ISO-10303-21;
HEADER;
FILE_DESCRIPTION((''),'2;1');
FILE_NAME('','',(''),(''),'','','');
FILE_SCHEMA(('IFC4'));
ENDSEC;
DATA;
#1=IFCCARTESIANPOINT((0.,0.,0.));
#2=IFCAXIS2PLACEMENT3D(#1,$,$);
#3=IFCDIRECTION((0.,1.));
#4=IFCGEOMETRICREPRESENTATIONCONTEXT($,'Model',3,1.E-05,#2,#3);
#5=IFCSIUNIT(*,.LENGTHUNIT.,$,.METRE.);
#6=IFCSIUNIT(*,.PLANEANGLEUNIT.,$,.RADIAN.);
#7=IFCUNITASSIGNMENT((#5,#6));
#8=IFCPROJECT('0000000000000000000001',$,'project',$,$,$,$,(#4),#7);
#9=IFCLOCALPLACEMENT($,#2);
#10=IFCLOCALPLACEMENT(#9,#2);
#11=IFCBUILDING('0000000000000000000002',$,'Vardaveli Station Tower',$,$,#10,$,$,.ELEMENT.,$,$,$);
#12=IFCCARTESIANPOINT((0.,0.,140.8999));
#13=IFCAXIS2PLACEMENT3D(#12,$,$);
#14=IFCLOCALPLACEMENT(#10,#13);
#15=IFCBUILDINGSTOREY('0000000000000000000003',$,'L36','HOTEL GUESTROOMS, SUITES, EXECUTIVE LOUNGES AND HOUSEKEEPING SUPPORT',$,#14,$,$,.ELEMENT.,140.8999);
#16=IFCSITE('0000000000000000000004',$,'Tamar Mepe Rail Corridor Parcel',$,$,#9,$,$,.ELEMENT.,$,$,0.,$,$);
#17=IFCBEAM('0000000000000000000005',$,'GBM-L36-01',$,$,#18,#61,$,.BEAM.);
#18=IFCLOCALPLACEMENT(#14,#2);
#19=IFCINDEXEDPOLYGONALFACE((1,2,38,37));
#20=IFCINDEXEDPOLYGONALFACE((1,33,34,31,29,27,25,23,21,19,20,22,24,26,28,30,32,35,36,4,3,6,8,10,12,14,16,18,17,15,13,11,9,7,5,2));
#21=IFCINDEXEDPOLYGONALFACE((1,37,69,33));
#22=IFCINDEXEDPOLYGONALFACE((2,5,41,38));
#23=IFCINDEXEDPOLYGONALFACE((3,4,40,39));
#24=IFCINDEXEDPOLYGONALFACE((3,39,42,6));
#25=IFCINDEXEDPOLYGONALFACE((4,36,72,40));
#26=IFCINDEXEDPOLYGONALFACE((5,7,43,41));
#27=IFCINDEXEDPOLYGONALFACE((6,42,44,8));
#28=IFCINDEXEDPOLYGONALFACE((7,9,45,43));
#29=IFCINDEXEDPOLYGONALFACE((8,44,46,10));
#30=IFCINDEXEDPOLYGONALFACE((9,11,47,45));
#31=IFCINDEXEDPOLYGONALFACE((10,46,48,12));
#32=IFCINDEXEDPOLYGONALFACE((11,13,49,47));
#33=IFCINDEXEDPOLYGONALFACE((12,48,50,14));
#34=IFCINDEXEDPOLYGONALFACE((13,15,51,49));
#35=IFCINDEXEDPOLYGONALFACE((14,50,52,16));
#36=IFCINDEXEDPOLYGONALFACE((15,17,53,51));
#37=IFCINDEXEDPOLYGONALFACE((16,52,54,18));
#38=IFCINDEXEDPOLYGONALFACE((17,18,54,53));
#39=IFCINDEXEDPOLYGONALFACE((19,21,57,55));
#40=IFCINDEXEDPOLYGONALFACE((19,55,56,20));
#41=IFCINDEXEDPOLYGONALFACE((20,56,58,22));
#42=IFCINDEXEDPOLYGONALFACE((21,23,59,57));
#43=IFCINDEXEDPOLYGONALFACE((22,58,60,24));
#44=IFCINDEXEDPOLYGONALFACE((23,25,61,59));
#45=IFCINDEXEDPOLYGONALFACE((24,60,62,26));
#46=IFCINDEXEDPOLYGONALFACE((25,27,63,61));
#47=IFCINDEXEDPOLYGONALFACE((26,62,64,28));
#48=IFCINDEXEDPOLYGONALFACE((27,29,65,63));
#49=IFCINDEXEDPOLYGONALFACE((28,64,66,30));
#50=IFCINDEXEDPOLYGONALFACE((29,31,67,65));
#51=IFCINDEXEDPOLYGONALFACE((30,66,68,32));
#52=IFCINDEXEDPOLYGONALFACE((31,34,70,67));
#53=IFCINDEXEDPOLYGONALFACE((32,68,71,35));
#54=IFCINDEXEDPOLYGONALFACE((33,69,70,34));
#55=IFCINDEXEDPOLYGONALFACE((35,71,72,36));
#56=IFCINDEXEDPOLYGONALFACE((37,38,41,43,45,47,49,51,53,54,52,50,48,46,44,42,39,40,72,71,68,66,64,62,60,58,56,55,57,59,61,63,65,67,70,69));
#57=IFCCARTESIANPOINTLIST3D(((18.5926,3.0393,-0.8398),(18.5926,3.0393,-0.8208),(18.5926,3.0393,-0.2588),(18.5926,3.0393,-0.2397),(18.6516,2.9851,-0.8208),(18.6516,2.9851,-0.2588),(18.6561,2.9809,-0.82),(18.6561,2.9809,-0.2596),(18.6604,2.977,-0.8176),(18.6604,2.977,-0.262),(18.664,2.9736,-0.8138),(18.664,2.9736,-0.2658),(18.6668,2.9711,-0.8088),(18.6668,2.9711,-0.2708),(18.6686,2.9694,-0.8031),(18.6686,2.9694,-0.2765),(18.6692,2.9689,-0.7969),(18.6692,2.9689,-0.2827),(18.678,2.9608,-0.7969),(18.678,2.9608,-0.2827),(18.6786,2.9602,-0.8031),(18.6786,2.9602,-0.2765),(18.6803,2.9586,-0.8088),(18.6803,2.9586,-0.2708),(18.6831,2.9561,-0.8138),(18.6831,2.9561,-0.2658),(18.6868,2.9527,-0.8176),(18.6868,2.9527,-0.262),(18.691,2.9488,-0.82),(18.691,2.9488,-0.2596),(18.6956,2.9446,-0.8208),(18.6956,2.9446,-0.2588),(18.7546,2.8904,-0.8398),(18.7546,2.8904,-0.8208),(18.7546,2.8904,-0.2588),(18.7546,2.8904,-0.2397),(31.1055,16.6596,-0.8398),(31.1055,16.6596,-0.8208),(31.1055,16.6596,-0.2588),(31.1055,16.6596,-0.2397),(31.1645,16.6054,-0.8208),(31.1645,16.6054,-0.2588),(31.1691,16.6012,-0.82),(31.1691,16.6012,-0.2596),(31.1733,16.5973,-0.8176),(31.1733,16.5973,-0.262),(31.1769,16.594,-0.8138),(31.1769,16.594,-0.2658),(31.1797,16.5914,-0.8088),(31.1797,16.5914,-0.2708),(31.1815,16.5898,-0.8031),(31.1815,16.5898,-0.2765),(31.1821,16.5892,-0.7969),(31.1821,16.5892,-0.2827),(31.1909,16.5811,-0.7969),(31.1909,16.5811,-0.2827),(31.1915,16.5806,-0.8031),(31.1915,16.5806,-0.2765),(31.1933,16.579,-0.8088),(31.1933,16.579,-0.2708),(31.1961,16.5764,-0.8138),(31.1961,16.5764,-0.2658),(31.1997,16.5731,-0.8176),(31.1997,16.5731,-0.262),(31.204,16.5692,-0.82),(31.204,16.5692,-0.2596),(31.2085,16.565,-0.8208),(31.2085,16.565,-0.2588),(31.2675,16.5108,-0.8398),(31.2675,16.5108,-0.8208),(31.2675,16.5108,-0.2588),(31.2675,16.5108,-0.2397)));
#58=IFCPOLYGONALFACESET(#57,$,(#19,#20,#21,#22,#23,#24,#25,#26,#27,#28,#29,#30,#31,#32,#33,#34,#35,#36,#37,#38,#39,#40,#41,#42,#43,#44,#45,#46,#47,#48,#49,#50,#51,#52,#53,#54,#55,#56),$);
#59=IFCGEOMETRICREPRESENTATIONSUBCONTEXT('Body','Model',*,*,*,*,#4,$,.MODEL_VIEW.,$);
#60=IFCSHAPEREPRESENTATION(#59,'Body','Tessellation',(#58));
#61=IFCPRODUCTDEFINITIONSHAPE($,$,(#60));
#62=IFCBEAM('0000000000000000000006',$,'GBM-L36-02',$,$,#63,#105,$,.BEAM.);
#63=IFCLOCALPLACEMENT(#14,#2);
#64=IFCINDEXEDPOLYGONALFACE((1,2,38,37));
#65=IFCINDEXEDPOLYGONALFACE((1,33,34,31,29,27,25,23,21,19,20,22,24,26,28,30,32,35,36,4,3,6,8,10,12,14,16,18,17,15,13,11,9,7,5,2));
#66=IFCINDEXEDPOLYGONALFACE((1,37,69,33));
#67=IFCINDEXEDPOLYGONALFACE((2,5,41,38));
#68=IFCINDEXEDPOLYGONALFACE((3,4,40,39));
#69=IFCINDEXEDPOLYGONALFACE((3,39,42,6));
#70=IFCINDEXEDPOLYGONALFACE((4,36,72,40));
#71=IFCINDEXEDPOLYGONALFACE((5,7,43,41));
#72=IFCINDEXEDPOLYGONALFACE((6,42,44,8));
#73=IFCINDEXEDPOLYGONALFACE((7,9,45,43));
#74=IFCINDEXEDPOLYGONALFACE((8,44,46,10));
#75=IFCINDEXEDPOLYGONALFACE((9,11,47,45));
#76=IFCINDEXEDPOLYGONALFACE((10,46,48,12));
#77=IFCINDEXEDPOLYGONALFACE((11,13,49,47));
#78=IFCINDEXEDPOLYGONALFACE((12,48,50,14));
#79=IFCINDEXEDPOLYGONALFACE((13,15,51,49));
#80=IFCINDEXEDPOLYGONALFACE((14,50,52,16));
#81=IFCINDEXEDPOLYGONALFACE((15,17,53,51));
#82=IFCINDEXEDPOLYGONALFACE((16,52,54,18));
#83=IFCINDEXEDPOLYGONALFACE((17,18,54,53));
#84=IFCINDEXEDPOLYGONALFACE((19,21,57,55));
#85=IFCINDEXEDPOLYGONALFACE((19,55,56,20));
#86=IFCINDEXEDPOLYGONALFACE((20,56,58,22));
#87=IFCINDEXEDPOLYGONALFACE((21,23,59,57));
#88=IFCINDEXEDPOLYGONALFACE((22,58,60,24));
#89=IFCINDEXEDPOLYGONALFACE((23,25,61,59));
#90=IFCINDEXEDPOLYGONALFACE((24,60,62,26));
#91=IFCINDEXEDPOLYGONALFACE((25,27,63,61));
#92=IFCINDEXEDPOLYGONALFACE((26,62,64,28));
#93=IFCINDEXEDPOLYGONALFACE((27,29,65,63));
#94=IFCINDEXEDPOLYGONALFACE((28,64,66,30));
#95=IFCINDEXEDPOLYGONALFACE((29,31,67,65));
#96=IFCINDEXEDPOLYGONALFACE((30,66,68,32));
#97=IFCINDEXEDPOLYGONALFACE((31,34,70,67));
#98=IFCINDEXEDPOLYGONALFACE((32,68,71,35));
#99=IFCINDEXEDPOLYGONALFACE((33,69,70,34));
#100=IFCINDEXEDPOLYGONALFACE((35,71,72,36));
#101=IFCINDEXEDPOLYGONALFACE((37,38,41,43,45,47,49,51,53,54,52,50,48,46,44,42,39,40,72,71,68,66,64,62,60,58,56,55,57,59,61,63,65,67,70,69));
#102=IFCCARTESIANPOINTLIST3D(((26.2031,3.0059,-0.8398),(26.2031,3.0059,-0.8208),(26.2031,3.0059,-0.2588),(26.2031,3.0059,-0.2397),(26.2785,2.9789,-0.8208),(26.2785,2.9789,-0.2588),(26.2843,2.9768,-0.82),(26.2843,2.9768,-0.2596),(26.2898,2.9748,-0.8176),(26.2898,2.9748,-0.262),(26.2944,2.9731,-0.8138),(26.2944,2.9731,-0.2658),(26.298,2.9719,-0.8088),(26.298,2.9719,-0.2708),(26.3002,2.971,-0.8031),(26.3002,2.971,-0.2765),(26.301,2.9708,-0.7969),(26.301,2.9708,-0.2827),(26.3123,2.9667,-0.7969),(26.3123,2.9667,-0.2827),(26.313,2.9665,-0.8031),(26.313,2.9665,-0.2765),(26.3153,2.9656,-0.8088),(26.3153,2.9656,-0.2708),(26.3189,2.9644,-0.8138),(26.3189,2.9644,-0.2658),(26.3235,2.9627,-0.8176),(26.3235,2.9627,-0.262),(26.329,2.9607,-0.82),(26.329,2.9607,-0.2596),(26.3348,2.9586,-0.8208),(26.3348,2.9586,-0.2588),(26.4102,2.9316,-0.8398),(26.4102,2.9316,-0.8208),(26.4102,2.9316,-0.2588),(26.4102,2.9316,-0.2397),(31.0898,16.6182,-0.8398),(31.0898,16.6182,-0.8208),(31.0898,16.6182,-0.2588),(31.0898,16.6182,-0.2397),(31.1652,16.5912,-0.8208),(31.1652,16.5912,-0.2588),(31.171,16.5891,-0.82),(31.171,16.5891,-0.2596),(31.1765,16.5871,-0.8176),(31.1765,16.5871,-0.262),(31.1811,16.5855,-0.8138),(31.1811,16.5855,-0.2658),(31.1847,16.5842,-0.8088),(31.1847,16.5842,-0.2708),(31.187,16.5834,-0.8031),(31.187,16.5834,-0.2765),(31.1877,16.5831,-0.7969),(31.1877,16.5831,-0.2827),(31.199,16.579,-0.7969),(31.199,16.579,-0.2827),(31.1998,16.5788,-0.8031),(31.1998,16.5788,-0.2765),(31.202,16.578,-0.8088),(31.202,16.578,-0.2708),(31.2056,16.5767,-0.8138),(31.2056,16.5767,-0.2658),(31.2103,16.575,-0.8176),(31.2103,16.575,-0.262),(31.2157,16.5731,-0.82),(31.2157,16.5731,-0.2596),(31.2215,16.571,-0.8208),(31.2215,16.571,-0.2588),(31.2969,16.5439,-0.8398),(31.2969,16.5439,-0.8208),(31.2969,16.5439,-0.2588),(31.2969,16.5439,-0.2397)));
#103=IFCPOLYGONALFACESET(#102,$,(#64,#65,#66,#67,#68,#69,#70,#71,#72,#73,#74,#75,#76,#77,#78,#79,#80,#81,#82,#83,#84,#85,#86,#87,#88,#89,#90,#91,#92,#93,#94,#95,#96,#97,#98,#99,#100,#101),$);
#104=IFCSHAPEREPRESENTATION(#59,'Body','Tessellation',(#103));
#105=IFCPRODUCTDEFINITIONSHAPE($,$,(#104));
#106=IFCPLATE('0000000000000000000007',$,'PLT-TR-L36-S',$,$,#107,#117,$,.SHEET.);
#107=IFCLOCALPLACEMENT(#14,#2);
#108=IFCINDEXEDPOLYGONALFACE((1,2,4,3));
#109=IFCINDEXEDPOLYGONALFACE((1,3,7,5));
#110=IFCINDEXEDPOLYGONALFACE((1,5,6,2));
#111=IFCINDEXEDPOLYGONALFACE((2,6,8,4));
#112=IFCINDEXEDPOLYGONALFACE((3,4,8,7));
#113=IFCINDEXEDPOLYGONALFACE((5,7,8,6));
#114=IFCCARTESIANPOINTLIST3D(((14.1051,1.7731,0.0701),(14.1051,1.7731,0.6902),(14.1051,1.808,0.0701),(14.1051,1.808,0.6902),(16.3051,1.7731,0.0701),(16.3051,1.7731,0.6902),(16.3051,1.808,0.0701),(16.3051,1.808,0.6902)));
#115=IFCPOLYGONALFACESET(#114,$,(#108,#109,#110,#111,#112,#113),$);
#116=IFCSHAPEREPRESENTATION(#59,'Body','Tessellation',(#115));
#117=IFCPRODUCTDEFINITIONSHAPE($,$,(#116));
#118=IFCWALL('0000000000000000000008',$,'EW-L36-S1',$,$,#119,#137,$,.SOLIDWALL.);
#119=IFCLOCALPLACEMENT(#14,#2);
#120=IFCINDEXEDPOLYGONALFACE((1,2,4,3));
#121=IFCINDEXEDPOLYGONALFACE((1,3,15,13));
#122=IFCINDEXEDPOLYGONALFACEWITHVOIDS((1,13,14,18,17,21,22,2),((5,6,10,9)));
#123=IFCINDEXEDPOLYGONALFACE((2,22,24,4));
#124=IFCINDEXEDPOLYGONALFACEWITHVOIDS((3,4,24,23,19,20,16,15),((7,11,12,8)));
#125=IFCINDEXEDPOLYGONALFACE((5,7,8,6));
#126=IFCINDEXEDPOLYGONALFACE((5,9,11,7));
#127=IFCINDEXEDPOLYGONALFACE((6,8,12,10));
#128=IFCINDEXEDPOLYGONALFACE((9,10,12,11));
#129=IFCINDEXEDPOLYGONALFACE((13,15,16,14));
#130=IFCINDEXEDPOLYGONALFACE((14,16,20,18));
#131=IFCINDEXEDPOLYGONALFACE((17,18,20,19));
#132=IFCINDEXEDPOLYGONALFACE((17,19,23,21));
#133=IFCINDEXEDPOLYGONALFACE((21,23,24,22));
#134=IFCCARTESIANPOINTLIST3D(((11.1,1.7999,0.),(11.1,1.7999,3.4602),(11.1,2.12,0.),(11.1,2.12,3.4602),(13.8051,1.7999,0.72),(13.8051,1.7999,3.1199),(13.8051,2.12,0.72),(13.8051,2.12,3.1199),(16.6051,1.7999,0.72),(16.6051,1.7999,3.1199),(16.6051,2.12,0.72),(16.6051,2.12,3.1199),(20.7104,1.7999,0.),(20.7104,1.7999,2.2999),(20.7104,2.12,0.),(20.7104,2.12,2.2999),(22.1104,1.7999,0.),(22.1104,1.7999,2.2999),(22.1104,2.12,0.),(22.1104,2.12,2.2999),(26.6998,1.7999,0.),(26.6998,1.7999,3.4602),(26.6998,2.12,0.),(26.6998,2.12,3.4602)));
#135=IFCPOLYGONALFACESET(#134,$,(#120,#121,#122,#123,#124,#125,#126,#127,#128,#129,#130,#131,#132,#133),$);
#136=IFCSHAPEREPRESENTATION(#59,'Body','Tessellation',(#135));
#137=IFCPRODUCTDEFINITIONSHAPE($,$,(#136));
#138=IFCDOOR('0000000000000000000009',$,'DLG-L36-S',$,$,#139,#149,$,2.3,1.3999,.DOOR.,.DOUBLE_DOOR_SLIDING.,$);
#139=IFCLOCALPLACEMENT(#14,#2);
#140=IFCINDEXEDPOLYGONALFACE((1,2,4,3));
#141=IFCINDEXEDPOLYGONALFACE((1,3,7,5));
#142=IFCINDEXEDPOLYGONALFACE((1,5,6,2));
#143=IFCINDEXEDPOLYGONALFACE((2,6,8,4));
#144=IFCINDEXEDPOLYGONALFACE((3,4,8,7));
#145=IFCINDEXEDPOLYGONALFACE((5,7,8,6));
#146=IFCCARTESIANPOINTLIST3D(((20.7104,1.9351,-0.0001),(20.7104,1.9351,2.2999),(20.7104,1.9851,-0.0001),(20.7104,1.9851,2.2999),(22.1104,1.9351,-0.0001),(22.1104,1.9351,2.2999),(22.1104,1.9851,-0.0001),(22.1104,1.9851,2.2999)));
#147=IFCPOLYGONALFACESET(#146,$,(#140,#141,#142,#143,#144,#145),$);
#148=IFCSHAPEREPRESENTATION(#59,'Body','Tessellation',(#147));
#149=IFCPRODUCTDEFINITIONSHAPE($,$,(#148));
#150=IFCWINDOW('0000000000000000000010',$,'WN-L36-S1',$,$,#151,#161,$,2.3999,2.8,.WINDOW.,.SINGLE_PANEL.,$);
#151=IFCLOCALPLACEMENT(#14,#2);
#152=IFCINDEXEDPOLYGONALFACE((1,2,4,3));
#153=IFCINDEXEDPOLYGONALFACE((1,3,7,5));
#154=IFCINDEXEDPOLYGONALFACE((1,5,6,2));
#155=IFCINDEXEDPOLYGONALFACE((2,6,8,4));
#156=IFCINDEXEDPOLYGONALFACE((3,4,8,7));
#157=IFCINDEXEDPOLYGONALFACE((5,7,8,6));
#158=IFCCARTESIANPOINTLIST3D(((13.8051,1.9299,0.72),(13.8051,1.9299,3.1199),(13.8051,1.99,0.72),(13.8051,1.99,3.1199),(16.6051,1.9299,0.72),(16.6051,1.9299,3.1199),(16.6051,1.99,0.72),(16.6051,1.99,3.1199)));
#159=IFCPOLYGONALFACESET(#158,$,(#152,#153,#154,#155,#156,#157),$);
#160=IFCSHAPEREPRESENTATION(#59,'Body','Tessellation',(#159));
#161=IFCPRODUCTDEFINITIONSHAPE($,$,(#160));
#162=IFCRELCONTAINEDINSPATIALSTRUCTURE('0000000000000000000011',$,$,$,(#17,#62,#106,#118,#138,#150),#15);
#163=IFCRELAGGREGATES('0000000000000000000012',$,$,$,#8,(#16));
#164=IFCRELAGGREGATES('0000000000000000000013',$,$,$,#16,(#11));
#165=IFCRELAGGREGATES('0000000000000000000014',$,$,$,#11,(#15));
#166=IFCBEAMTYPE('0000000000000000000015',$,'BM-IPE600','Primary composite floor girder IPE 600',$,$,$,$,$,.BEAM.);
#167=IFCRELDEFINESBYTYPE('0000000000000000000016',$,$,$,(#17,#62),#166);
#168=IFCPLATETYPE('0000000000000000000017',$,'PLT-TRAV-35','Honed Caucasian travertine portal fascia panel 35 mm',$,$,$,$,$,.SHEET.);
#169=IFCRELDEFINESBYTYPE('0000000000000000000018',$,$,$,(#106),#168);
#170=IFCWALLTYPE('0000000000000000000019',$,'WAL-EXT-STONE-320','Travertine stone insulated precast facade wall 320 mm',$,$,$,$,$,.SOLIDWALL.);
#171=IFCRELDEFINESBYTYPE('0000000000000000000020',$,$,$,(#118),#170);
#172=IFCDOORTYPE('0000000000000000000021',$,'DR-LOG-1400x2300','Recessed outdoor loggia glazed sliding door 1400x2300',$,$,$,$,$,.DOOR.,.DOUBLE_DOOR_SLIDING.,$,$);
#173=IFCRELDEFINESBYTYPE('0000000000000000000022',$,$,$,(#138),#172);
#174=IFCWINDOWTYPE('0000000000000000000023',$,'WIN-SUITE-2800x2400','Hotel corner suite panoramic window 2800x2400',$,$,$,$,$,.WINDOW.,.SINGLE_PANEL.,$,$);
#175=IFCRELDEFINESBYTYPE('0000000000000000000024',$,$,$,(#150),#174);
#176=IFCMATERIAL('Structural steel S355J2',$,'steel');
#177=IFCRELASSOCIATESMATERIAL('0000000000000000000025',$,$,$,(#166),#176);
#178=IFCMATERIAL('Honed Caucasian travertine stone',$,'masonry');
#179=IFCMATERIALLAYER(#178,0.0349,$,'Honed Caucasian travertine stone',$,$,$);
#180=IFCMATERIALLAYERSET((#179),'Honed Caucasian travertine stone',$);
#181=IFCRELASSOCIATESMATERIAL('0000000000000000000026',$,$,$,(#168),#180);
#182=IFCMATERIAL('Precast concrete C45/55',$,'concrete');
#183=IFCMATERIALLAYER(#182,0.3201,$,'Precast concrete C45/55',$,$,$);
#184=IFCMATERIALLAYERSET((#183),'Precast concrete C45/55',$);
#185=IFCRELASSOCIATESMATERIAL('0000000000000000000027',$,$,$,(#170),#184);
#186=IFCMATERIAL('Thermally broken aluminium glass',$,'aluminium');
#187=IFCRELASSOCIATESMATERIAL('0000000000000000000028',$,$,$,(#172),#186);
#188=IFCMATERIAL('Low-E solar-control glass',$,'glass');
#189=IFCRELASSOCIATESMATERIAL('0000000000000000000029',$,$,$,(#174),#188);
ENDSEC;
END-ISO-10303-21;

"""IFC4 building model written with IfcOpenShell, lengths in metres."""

from ifc_helpers import new_model, si_unit, direction, frame, frame_2d, origin, origin_2d, place, context, subcontext, project, spatial, rectangle, i_section, extrude, source, transform, mapped, material, layer, layer_set, material_profile, profile_set, type_object, element, fill, save


model = new_model("IFC4")

# Units and contexts
model_context = context("Model", 3, precision=1e-05, world=origin(), true_north=direction((0.0, 1.0)))
body_context = subcontext(model_context, "Body", "Model", "MODEL_VIEW")
ifc_project = project(units=[si_unit("LENGTHUNIT", "METRE"), si_unit("PLANEANGLEUNIT", "RADIAN")], contexts=[model_context])

# Site, building, storey
site_placement = place(None, origin())
site = spatial("IfcSite", under=ifc_project, at=site_placement, Name="Tamar Mepe Rail Corridor Parcel", CompositionType="ELEMENT", RefElevation=0.0)
building_placement = place(site_placement, origin())
building = spatial("IfcBuilding", under=site, at=building_placement, Name="Vardaveli Station Tower", CompositionType="ELEMENT")
storey_placement = place(building_placement, frame((0.0, 0.0, 140.8999)))
storey = spatial("IfcBuildingStorey", under=building, at=storey_placement, Name="L36", Description="HOTEL GUESTROOMS, SUITES, EXECUTIVE LOUNGES AND HOUSEKEEPING SUPPORT", CompositionType="ELEMENT", Elevation=140.8999)

# Beams
ifc_material_1 = material(Name="Precast concrete C45/55", Category="concrete")
ifc_material_2 = material(Name="Structural steel S355J2", Category="steel")
ifc_material_profile_1 = material_profile(ifc_material_2, i_section(OverallWidth=0.22, OverallDepth=0.6001, WebThickness=0.012, FlangeThickness=0.019, FilletRadius=0.0239, at=origin_2d()), Name="IPE 600")
ifc_profile_set_1 = profile_set([ifc_material_profile_1], Name="Structural steel S355J2")
beam_type_1 = type_object("IfcBeamType", Name="BM-IPE600", Description="Primary composite floor girder IPE 600", PredefinedType="BEAM", material=ifc_profile_set_1)
shared_shape_1 = source(origin(), body_context, "Body", "SweptSolid", [
    extrude(i_section(OverallWidth=0.22, OverallDepth=0.6001, WebThickness=0.012, FlangeThickness=0.019, FilletRadius=0.0239, at=origin_2d()), origin(), (0.0, 0.0, 1.0), 18.4956),
])
beam_1_placement = place(storey_placement, frame((18.6736, 2.9648, -0.5398), z_axis=(0.676535, 0.73641, 0.0), x_axis=(-0.73641, 0.676535, 0.0)))
element("IfcBeam", 1, at=beam_1_placement, inside=storey, type_object=beam_type_1, Name="GBM-L36-01", PredefinedType="BEAM", context=body_context, shape_type="MappedRepresentation", body=[
    mapped(shared_shape_1, transform((0.0, 0.0, 0.0), scale=1.0)),
])
shared_shape_2 = source(origin(), body_context, "Body", "SweptSolid", [
    extrude(i_section(OverallWidth=0.22, OverallDepth=0.6001, WebThickness=0.012, FlangeThickness=0.019, FilletRadius=0.0239, at=origin_2d()), origin(), (0.0, 0.0, 1.0), 14.4629),
])
beam_2_placement = place(storey_placement, frame((26.3066, 2.9688, -0.5398), z_axis=(0.33788, 0.941189, 0.0), x_axis=(-0.941189, 0.33788, 0.0)))
element("IfcBeam", 2, at=beam_2_placement, inside=storey, type_object=beam_type_1, Name="GBM-L36-02", PredefinedType="BEAM", context=body_context, shape_type="MappedRepresentation", body=[
    mapped(shared_shape_2, transform((0.0, 0.0, 0.0), scale=1.0)),
])

# Plate
ifc_material_3 = material(Name="Honed Caucasian travertine stone", Category="masonry")
ifc_layer_1 = layer(ifc_material_3, 0.0349, Name="Honed Caucasian travertine stone")
ifc_layer_set_1 = layer_set([ifc_layer_1], Name="Honed Caucasian travertine stone")
plate_type = type_object("IfcPlateType", Name="PLT-TRAV-35", Description="Honed Caucasian travertine portal fascia panel 35 mm", PredefinedType="SHEET", material=ifc_layer_set_1)
shared_shape_3 = source(origin(), body_context, "Body", "SweptSolid", [
    extrude(rectangle(XDim=2.2, YDim=0.0349, at=origin_2d()), origin(), (0.0, 0.0, 1.0), 0.6201),
])
plate_placement = place(storey_placement, frame((15.2051, 1.7905, 0.0701), z_axis=(0.0, 0.0, 1.0), x_axis=(1.0, 0.0, 0.0)))
element("IfcPlate", 3, at=plate_placement, inside=storey, type_object=plate_type, Name="PLT-TR-L36-S", PredefinedType="SHEET", context=body_context, shape_type="MappedRepresentation", body=[
    mapped(shared_shape_3, transform((0.0, 0.0, 0.0), scale=1.0)),
])

# Wall, openings, door, window
ifc_layer_2 = layer(ifc_material_1, 0.3201, Name="Precast concrete C45/55")
ifc_layer_set_2 = layer_set([ifc_layer_2], Name="Precast concrete C45/55")
wall_type_1 = type_object("IfcWallType", Name="WAL-EXT-STONE-320", Description="Travertine stone insulated precast facade wall 320 mm", PredefinedType="SOLIDWALL", material=ifc_layer_set_2)
shared_shape_4 = source(origin(), body_context, "Body", "SweptSolid", [
    extrude(rectangle(XDim=15.5999, YDim=0.3201, at=frame_2d((7.7998, 0.0))), origin(), (0.0, 0.0, 1.0), 3.4602),
])
wall_1_placement = place(storey_placement, frame((11.1001, 1.96, 0.0), z_axis=(0.0, 0.0, 1.0), x_axis=(1.0, 0.0, 0.0)))
wall_1 = element("IfcWall", 4, at=wall_1_placement, inside=storey, type_object=wall_type_1, Name="EW-L36-S1", PredefinedType="SOLIDWALL", context=body_context, shape_type="MappedRepresentation", body=[
    mapped(shared_shape_4, transform((0.0, 0.0, 0.0), scale=1.0)),
])
shared_shape_5 = source(origin(), body_context, "Body", "SweptSolid", [
    extrude(rectangle(XDim=1.3999, YDim=2.3, at=frame_2d((0.7, 1.1499))), frame((0.0, 0.1699, 0.0), z_axis=(0.0, -1.0, 0.0), x_axis=(1.0, 0.0, 0.0)), (0.0, 0.0, 1.0), 0.3401),
])
opening_1_placement = place(wall_1_placement, frame((9.6104, 0.0, 0.0)))
opening_1 = element("IfcOpeningElement", 5, at=opening_1_placement, cuts=wall_1, PredefinedType="OPENING", context=body_context, shape_type="MappedRepresentation", body=[
    mapped(shared_shape_5, transform((0.0, 0.0, 0.0), scale=1.0)),
])
shared_shape_6 = source(origin(), body_context, "Body", "SweptSolid", [
    extrude(rectangle(XDim=2.8, YDim=2.3999, at=frame_2d((1.3999, 1.2))), frame((0.0, 0.1699, 0.0), z_axis=(0.0, -1.0, 0.0), x_axis=(1.0, 0.0, 0.0)), (0.0, 0.0, 1.0), 0.3401),
])
opening_2_placement = place(wall_1_placement, frame((2.7051, 0.0, 0.72)))
opening_2 = element("IfcOpeningElement", 6, at=opening_2_placement, cuts=wall_1, PredefinedType="OPENING", context=body_context, shape_type="MappedRepresentation", body=[
    mapped(shared_shape_6, transform((0.0, 0.0, 0.0), scale=1.0)),
])
ifc_material_4 = material(Name="Thermally broken aluminium glass", Category="aluminium")
door_type_1 = type_object("IfcDoorType", Name="DR-LOG-1400x2300", Description="Recessed outdoor loggia glazed sliding door 1400x2300", OperationType="DOUBLE_DOOR_SLIDING", PredefinedType="DOOR", material=ifc_material_4)
shared_shape_7 = source(origin(), body_context, "Body", "SweptSolid", [
    extrude(rectangle(XDim=1.3999, YDim=2.3, at=frame_2d((0.7, 1.1499))), frame((0.0, 0.0249, 0.0), z_axis=(0.0, -1.0, 0.0), x_axis=(1.0, 0.0, 0.0)), (0.0, 0.0, 1.0), 0.05),
])
door_1_placement = place(opening_1_placement, frame((1.3999, 0.0, 0.0), z_axis=(0.0, 0.0, 1.0), x_axis=(-1.0, 0.0, 0.0)))
door_1 = element("IfcDoor", 7, at=door_1_placement, inside=storey, type_object=door_type_1, Name="DLG-L36-S", OperationType="DOUBLE_DOOR_SLIDING", OverallHeight=2.3, OverallWidth=1.3999, PredefinedType="DOOR", context=body_context, shape_type="MappedRepresentation", body=[
    mapped(shared_shape_7, transform((0.0, 0.0, 0.0), scale=1.0)),
])
fill(opening_1, door_1)
ifc_material_5 = material(Name="Low-E solar-control glass", Category="glass")
window_type = type_object("IfcWindowType", Name="WIN-SUITE-2800x2400", Description="Hotel corner suite panoramic window 2800x2400", PartitioningType="SINGLE_PANEL", PredefinedType="WINDOW", material=ifc_material_5)
shared_shape_8 = source(origin(), body_context, "Body", "SweptSolid", [
    extrude(rectangle(XDim=2.8, YDim=2.3999, at=frame_2d((1.3999, 1.2))), frame((0.0, 0.03, 0.0), z_axis=(0.0, -1.0, 0.0), x_axis=(1.0, 0.0, 0.0)), (0.0, 0.0, 1.0), 0.0601),
])
window_placement = place(opening_2_placement, origin())
window = element("IfcWindow", 8, at=window_placement, inside=storey, type_object=window_type, Name="WN-L36-S1", OverallHeight=2.3999, OverallWidth=2.8, PartitioningType="SINGLE_PANEL", PredefinedType="WINDOW", context=body_context, shape_type="MappedRepresentation", body=[
    mapped(shared_shape_8, transform((0.0, 0.0, 0.0), scale=1.0)),
])
fill(opening_2, window)

save(model, "model.ifc")
